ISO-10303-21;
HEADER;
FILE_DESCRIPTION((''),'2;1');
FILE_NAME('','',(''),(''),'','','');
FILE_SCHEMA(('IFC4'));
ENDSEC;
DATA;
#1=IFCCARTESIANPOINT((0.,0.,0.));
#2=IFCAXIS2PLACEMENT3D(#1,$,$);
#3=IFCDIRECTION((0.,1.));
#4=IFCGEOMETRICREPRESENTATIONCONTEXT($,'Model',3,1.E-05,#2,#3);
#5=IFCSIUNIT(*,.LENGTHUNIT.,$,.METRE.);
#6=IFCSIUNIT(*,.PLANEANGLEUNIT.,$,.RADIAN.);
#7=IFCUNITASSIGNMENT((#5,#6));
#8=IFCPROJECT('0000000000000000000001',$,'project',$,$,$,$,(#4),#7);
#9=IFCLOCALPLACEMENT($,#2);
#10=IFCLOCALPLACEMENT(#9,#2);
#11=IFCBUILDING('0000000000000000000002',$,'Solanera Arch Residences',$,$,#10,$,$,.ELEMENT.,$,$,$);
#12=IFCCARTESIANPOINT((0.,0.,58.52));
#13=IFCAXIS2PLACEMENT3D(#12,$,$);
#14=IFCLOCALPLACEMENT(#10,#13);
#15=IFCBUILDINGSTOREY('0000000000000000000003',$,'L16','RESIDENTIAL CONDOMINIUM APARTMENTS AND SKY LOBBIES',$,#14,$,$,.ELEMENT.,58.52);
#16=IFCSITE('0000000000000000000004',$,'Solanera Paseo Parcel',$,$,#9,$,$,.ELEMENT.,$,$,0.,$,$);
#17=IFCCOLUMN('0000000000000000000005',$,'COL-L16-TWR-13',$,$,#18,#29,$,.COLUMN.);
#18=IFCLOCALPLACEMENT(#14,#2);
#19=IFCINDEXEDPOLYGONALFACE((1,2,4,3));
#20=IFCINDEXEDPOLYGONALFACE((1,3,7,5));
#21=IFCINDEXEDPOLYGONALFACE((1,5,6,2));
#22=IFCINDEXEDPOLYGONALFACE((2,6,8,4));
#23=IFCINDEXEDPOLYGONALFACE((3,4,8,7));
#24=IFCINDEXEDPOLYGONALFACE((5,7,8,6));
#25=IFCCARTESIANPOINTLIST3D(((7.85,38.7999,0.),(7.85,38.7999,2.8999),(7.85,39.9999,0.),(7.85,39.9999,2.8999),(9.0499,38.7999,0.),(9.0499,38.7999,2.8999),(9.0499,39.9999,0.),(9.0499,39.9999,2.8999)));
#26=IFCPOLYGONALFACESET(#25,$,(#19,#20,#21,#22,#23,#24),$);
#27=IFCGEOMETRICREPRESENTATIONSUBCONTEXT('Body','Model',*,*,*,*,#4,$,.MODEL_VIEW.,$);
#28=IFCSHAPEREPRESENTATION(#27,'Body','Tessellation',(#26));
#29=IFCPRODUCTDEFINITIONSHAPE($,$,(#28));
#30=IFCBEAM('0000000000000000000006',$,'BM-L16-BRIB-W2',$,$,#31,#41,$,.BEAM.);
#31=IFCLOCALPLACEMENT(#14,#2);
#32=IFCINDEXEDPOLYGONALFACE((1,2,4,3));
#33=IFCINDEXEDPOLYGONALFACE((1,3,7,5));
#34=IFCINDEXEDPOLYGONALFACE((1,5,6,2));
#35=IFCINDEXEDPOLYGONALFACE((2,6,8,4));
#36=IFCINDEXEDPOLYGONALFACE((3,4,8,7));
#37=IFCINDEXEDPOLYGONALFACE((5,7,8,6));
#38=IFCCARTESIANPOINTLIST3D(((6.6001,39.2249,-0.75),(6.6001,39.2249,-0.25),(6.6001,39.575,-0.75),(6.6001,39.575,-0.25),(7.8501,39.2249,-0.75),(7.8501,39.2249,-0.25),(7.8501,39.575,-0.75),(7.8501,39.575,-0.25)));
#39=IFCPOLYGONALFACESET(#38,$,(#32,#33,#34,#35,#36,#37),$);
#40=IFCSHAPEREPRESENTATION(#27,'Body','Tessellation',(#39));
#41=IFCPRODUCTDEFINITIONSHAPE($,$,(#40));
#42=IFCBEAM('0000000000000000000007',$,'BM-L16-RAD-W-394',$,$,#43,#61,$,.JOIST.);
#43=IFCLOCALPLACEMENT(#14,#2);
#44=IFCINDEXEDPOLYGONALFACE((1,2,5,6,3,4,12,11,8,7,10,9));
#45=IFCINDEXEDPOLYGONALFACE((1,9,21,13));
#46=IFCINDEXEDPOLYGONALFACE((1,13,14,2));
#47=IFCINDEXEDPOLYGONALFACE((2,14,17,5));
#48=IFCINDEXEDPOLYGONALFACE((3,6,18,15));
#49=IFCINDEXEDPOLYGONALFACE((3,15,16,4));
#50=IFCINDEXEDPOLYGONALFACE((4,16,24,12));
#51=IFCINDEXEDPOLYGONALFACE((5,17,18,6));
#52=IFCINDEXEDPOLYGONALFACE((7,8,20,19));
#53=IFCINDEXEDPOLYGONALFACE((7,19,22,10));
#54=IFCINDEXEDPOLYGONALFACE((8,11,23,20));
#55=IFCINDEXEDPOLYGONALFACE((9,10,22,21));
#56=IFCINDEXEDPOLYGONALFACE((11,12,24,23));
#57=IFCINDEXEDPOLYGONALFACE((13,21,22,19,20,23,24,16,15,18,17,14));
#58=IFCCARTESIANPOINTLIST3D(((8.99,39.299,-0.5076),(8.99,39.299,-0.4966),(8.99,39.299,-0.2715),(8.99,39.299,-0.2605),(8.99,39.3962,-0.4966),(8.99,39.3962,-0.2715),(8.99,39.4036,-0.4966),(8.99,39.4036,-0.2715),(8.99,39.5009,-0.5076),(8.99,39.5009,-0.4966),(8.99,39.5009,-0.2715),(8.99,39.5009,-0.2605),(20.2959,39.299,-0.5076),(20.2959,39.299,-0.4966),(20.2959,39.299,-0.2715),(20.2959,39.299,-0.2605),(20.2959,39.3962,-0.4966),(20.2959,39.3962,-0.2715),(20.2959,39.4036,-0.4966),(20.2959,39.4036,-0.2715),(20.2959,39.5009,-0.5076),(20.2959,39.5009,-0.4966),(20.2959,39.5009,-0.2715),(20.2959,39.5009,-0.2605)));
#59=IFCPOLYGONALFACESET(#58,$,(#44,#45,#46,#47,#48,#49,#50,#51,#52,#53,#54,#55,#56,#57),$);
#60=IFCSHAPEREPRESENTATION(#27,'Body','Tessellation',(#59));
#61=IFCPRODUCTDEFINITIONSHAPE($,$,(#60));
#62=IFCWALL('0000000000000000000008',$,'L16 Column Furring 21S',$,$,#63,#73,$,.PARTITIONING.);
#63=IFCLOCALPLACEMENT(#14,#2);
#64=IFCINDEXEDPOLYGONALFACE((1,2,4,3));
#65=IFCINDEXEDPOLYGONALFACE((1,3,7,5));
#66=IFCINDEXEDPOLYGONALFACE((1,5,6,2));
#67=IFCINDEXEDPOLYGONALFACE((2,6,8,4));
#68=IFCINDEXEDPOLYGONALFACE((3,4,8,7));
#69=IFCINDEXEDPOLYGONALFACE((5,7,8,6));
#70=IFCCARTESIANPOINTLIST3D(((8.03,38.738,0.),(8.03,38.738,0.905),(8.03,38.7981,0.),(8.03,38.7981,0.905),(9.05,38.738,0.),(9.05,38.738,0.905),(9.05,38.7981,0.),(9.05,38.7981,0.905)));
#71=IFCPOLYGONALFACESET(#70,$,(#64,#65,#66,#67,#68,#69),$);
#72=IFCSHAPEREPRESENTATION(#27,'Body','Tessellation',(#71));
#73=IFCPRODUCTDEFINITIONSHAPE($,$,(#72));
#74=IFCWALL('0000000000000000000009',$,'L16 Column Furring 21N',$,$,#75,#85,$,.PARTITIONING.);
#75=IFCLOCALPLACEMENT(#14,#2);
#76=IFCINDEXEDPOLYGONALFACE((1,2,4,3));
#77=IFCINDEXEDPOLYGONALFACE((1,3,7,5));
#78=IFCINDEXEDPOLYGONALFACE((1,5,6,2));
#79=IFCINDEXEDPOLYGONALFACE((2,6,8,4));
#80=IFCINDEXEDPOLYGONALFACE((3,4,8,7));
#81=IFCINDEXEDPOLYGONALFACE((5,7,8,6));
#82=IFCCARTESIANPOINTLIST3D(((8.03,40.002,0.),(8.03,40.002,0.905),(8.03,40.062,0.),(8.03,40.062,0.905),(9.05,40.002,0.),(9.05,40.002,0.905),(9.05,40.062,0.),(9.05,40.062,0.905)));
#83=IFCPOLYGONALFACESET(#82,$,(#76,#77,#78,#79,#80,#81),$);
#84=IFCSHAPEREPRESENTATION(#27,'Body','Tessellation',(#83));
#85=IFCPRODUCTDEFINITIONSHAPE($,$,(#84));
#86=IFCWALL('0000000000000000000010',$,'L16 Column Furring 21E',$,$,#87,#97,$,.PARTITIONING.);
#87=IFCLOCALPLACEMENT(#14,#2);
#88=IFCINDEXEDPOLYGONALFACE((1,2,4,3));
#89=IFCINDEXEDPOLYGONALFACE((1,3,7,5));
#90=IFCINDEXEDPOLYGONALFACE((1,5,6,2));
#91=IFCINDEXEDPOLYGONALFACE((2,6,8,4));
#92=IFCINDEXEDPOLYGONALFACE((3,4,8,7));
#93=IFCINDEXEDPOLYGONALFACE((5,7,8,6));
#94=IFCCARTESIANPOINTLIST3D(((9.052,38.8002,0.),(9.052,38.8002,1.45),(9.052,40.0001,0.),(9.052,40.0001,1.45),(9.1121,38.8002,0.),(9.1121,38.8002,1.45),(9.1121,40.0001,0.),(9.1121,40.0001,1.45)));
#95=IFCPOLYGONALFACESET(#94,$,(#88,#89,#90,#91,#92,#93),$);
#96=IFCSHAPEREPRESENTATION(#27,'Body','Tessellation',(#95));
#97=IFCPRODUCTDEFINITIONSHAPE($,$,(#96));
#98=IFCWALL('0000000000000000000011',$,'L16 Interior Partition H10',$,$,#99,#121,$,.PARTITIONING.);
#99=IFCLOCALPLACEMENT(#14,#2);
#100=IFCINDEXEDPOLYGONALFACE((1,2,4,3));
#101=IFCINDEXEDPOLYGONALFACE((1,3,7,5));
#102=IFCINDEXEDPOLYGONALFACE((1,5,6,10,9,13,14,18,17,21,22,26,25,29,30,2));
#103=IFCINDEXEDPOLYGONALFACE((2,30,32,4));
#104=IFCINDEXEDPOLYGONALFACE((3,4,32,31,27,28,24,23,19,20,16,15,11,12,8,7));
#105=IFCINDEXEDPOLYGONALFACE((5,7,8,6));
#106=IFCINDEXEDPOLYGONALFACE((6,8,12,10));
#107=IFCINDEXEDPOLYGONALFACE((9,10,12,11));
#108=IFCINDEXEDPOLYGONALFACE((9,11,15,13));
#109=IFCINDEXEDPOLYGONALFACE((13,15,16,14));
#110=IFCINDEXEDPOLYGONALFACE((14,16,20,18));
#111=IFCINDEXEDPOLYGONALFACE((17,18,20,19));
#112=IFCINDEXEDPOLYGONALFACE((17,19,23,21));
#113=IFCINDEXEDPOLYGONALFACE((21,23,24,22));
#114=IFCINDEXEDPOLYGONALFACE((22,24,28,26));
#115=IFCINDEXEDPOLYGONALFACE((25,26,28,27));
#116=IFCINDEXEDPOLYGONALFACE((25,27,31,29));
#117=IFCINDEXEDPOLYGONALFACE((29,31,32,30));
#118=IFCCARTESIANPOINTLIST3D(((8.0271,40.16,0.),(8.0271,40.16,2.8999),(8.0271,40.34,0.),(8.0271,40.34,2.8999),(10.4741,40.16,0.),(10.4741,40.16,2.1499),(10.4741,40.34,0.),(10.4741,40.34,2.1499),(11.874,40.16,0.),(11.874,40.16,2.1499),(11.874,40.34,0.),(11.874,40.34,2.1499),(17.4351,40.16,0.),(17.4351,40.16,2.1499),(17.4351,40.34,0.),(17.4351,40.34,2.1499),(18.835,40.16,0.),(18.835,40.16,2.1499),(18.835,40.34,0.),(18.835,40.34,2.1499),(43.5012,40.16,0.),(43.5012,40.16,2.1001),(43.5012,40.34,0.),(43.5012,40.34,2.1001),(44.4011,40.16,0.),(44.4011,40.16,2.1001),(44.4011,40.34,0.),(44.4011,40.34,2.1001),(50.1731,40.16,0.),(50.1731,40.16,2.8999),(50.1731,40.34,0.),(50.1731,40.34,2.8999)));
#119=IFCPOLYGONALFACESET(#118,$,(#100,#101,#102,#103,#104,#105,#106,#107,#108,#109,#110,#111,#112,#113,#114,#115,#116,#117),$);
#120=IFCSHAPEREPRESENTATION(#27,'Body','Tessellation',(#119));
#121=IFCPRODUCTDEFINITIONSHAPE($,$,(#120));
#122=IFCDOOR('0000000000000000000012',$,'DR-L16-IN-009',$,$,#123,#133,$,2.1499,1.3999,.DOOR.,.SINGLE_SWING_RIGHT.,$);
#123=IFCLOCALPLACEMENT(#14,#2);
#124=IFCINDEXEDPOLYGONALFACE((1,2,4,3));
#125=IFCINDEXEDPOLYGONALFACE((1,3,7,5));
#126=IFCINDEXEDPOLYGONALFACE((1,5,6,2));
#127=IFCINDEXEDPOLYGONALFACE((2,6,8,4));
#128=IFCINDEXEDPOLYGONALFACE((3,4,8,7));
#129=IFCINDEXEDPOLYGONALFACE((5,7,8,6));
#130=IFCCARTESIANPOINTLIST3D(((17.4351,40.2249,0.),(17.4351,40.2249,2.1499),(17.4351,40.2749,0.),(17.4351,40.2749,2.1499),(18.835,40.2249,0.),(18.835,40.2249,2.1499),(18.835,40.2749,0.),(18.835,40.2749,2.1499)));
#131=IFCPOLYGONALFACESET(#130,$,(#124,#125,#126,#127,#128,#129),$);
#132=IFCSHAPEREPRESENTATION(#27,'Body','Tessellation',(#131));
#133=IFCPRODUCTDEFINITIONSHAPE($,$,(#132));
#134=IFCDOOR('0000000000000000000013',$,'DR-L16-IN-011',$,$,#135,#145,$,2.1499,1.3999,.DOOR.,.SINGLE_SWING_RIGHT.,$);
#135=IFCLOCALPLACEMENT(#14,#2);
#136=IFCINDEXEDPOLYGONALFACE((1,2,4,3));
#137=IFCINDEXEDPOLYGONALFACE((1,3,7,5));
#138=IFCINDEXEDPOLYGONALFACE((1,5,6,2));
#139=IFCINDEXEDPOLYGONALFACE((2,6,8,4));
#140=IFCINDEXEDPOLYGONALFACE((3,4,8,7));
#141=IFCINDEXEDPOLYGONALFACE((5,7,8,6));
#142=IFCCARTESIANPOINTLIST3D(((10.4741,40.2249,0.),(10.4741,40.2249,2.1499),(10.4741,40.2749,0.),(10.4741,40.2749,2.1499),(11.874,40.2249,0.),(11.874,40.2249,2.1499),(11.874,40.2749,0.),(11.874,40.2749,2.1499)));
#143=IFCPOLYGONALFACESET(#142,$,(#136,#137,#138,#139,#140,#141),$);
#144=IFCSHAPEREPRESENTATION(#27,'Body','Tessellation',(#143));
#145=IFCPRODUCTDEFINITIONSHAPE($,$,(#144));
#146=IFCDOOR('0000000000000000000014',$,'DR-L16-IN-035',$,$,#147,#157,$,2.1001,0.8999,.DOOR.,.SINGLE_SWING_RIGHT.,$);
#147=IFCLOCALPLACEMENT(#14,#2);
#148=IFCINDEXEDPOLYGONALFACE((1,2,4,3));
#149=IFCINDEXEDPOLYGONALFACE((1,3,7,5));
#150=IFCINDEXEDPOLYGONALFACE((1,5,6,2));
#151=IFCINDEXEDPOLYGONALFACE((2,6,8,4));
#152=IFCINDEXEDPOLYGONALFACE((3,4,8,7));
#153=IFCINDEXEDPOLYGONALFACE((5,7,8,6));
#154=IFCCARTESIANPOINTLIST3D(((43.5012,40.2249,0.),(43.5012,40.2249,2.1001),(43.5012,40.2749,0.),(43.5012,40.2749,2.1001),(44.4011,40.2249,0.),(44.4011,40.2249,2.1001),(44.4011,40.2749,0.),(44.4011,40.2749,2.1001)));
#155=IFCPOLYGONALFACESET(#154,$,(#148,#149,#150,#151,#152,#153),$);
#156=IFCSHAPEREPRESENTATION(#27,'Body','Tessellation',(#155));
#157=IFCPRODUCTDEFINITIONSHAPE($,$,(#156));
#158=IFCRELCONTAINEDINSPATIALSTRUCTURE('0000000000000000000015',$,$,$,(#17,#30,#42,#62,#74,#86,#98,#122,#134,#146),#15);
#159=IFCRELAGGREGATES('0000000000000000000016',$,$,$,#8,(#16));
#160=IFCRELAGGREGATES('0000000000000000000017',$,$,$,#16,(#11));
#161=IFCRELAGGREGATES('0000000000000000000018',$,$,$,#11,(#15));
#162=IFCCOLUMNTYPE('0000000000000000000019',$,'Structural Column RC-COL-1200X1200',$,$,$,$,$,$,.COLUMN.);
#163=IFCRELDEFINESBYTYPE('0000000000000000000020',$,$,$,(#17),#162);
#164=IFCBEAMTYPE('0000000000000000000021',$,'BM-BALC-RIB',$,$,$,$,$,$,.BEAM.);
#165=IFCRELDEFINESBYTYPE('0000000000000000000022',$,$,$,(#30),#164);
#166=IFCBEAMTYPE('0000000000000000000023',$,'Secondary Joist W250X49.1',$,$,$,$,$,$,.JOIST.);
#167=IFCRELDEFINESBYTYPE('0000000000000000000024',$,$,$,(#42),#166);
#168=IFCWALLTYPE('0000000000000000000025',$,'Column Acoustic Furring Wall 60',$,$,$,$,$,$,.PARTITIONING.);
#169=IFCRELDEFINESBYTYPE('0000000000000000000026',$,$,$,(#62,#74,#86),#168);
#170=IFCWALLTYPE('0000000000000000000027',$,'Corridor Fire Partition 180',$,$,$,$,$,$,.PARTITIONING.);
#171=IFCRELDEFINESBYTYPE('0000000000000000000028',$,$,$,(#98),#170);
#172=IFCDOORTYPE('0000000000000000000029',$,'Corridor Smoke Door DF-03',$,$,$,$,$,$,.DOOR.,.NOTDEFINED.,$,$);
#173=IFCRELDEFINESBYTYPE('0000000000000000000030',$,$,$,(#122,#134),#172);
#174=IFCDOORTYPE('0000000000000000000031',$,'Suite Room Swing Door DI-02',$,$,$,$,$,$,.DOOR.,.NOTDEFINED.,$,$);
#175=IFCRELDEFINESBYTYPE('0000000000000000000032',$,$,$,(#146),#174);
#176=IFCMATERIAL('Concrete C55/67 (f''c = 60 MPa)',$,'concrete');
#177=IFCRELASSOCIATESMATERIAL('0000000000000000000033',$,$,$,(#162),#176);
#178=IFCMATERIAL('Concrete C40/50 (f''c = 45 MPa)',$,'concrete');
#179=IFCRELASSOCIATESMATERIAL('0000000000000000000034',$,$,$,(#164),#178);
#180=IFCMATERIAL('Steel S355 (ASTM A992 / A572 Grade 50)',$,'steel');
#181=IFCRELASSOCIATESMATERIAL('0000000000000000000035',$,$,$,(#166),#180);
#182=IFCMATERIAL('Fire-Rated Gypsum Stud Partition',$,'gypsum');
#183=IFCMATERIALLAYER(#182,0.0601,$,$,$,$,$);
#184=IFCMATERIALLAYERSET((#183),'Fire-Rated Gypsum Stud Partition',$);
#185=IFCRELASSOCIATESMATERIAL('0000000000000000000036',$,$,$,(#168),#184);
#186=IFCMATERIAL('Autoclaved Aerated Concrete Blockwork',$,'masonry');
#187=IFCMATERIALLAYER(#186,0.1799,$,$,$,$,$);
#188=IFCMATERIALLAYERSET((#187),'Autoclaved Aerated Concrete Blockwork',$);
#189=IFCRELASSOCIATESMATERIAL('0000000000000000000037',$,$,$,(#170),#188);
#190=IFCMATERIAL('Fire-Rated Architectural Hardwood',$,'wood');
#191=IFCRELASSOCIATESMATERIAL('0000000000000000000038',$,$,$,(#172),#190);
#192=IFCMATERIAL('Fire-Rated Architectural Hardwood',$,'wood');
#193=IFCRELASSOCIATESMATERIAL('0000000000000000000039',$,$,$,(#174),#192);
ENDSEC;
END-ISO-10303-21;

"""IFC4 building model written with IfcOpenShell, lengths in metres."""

from ifc_helpers import new_model, si_unit, direction, frame, frame_2d, origin, origin_2d, place, context, subcontext, project, spatial, rectangle, i_section, extrude, material, layer, layer_set, material_profile, profile_set, type_object, element, fill, save


model = new_model("IFC4")

# Units and contexts
model_context = context("Model", 3, precision=1e-05, world=origin(), true_north=direction((0.0, 1.0)))
body_context = subcontext(model_context, "Body", "Model", "MODEL_VIEW")
ifc_project = project(units=[si_unit("LENGTHUNIT", "METRE"), si_unit("PLANEANGLEUNIT", "RADIAN")], contexts=[model_context])

# Site, building, storey
site_placement = place(None, origin())
site = spatial("IfcSite", under=ifc_project, at=site_placement, Name="Solanera Paseo Parcel", CompositionType="ELEMENT", RefElevation=0.0)
building_placement = place(site_placement, origin())
building = spatial("IfcBuilding", under=site, at=building_placement, Name="Solanera Arch Residences", CompositionType="ELEMENT")
storey_placement = place(building_placement, frame((0.0, 0.0, 58.52)))
storey = spatial("IfcBuildingStorey", under=building, at=storey_placement, Name="L16", Description="RESIDENTIAL CONDOMINIUM APARTMENTS AND SKY LOBBIES", CompositionType="ELEMENT", Elevation=58.52)

# Column
ifc_material_1 = material(Name="Concrete C55/67 (f'c = 60 MPa)", Category="concrete")
ifc_material_profile_1 = material_profile(ifc_material_1, rectangle(XDim=1.2, YDim=1.2, at=origin_2d()))
ifc_profile_set_1 = profile_set([ifc_material_profile_1], Name="Concrete C55/67 (f'c = 60 MPa)")
column_type = type_object("IfcColumnType", Name="Structural Column RC-COL-1200X1200", PredefinedType="COLUMN", material=ifc_profile_set_1)
column_placement = place(storey_placement, frame((8.45, 39.3999, 0.0), z_axis=(0.0, 0.0, 1.0), x_axis=(1.0, 0.0, 0.0)))
element("IfcColumn", 1, at=column_placement, inside=storey, type_object=column_type, Name="COL-L16-TWR-13", PredefinedType="COLUMN", context=body_context, shape_type="SweptSolid", body=[
    extrude(rectangle(XDim=1.2, YDim=1.2, at=origin_2d()), origin(), (0.0, 0.0, 1.0), 2.8999),
])

# Beams
ifc_material_2 = material(Name="Concrete C40/50 (f'c = 45 MPa)", Category="concrete")
ifc_material_profile_2 = material_profile(ifc_material_2, rectangle(XDim=0.3501, YDim=0.5, at=origin_2d()))
ifc_profile_set_2 = profile_set([ifc_material_profile_2], Name="Concrete C40/50 (f'c = 45 MPa)")
beam_type_1 = type_object("IfcBeamType", Name="BM-BALC-RIB", PredefinedType="BEAM", material=ifc_profile_set_2)
beam_1_placement = place(storey_placement, frame((6.6001, 39.3999, -0.5), z_axis=(1.0, 0.0, 0.0), x_axis=(0.0, 1.0, 0.0)))
element("IfcBeam", 2, at=beam_1_placement, inside=storey, type_object=beam_type_1, Name="BM-L16-BRIB-W2", PredefinedType="BEAM", context=body_context, shape_type="SweptSolid", body=[
    extrude(rectangle(XDim=0.3501, YDim=0.5, at=origin_2d()), origin(), (0.0, 0.0, 1.0), 1.25),
])
ifc_material_3 = material(Name="Steel S355 (ASTM A992 / A572 Grade 50)", Category="steel")
ifc_material_profile_3 = material_profile(ifc_material_3, i_section(OverallWidth=0.2019, OverallDepth=0.2471, WebThickness=0.0073, FlangeThickness=0.011, at=origin_2d()))
ifc_profile_set_3 = profile_set([ifc_material_profile_3], Name="Steel S355 (ASTM A992 / A572 Grade 50)")
beam_type_2 = type_object("IfcBeamType", Name="Secondary Joist W250X49.1", PredefinedType="JOIST", material=ifc_profile_set_3)
beam_2_placement = place(storey_placement, frame((8.99, 39.3999, -0.384), z_axis=(1.0, 0.0, 0.0), x_axis=(0.0, 1.0, 0.0)))
element("IfcBeam", 3, at=beam_2_placement, inside=storey, type_object=beam_type_2, Name="BM-L16-RAD-W-394", PredefinedType="JOIST", context=body_context, shape_type="SweptSolid", body=[
    extrude(i_section(OverallWidth=0.2019, OverallDepth=0.2471, WebThickness=0.0073, FlangeThickness=0.011, at=origin_2d()), origin(), (0.0, 0.0, 1.0), 11.3059),
])

# Walls
ifc_material_4 = material(Name="Fire-Rated Gypsum Stud Partition", Category="gypsum")
ifc_layer_1 = layer(ifc_material_4, 0.0601)
ifc_layer_set_1 = layer_set([ifc_layer_1], Name="Fire-Rated Gypsum Stud Partition")
wall_type_1 = type_object("IfcWallType", Name="Column Acoustic Furring Wall 60", PredefinedType="PARTITIONING", material=ifc_layer_set_1)
for number, where, z_axis, x_axis, name in (
    (4, (8.03, 38.7681, 0.0), (0.0, 0.0, 1.0), (1.0, 0.0, 0.0), "L16 Column Furring 21S"),
    (5, (8.03, 40.032, 0.0), (0.0, 0.0, 1.0), (1.0, 0.0, 0.0), "L16 Column Furring 21N"),
):
    element("IfcWall", number, at=place(storey_placement, frame(where, z_axis=z_axis, x_axis=x_axis)), inside=storey, type_object=wall_type_1, Name=name, PredefinedType="PARTITIONING", context=body_context, shape_type="SweptSolid", body=[
        extrude(rectangle(XDim=1.02, YDim=0.0601, at=frame_2d((0.51, 0.0))), origin(), (0.0, 0.0, 1.0), 0.905),
    ])
wall_1_placement = place(storey_placement, frame((9.082, 38.8, 0.0), z_axis=(0.0, 0.0, 1.0), x_axis=(0.0, 1.0, 0.0)))
element("IfcWall", 6, at=wall_1_placement, inside=storey, type_object=wall_type_1, Name="L16 Column Furring 21E", PredefinedType="PARTITIONING", context=body_context, shape_type="SweptSolid", body=[
    extrude(rectangle(XDim=1.2, YDim=0.0601, at=frame_2d((0.6001, 0.0))), origin(), (0.0, 0.0, 1.0), 1.45),
])

# Wall, openings, doors
ifc_material_5 = material(Name="Autoclaved Aerated Concrete Blockwork", Category="masonry")
ifc_layer_2 = layer(ifc_material_5, 0.1799)
ifc_layer_set_2 = layer_set([ifc_layer_2], Name="Autoclaved Aerated Concrete Blockwork")
wall_type_2 = type_object("IfcWallType", Name="Corridor Fire Partition 180", PredefinedType="PARTITIONING", material=ifc_layer_set_2)
wall_2_placement = place(storey_placement, frame((8.0271, 40.25, 0.0), z_axis=(0.0, 0.0, 1.0), x_axis=(1.0, 0.0, 0.0)))
wall_2 = element("IfcWall", 7, at=wall_2_placement, inside=storey, type_object=wall_type_2, Name="L16 Interior Partition H10", PredefinedType="PARTITIONING", context=body_context, shape_type="SweptSolid", body=[
    extrude(rectangle(XDim=42.146, YDim=0.1799, at=frame_2d((21.073, 0.0))), origin(), (0.0, 0.0, 1.0), 2.8999),
])
opening_1_placement = place(wall_2_placement, frame((9.408, 0.0, 0.0)))
opening_1 = element("IfcOpeningElement", 8, at=opening_1_placement, cuts=wall_2, PredefinedType="OPENING", context=body_context, shape_type="SweptSolid", body=[
    extrude(rectangle(XDim=1.3999, YDim=2.1499, at=frame_2d((0.7, 1.075))), frame((0.0, 0.1001, 0.0), z_axis=(0.0, -1.0, 0.0), x_axis=(1.0, 0.0, 0.0)), (0.0, 0.0, 1.0), 0.1999),
])
opening_2_placement = place(wall_2_placement, frame((2.447, 0.0, 0.0)))
opening_2 = element("IfcOpeningElement", 9, at=opening_2_placement, cuts=wall_2, PredefinedType="OPENING", context=body_context, shape_type="SweptSolid", body=[
    extrude(rectangle(XDim=1.3999, YDim=2.1499, at=frame_2d((0.7, 1.075))), frame((0.0, 0.1001, 0.0), z_axis=(0.0, -1.0, 0.0), x_axis=(1.0, 0.0, 0.0)), (0.0, 0.0, 1.0), 0.1999),
])
opening_3_placement = place(wall_2_placement, frame((35.4741, 0.0, 0.0)))
opening_3 = element("IfcOpeningElement", 10, at=opening_3_placement, cuts=wall_2, PredefinedType="OPENING", context=body_context, shape_type="SweptSolid", body=[
    extrude(rectangle(XDim=0.8999, YDim=2.1001, at=frame_2d((0.45, 1.05))), frame((0.0, 0.1001, 0.0), z_axis=(0.0, -1.0, 0.0), x_axis=(1.0, 0.0, 0.0)), (0.0, 0.0, 1.0), 0.1999),
])
ifc_material_6 = material(Name="Fire-Rated Architectural Hardwood", Category="wood")
door_type_1 = type_object("IfcDoorType", Name="Corridor Smoke Door DF-03", OperationType="NOTDEFINED", PredefinedType="DOOR", material=ifc_material_6)
door_1_placement = place(opening_1_placement, origin())
door_1 = element("IfcDoor", 11, at=door_1_placement, inside=storey, type_object=door_type_1, Name="DR-L16-IN-009", OperationType="SINGLE_SWING_RIGHT", OverallHeight=2.1499, OverallWidth=1.3999, PredefinedType="DOOR", context=body_context, shape_type="SweptSolid", body=[
    extrude(rectangle(XDim=1.3999, YDim=2.1499, at=frame_2d((0.7, 1.075))), frame((0.0, 0.0249, 0.0), z_axis=(0.0, -1.0, 0.0), x_axis=(1.0, 0.0, 0.0)), (0.0, 0.0, 1.0), 0.05),
])
fill(opening_1, door_1)
door_2_placement = place(opening_2_placement, origin())
door_2 = element("IfcDoor", 12, at=door_2_placement, inside=storey, type_object=door_type_1, Name="DR-L16-IN-011", OperationType="SINGLE_SWING_RIGHT", OverallHeight=2.1499, OverallWidth=1.3999, PredefinedType="DOOR", context=body_context, shape_type="SweptSolid", body=[
    extrude(rectangle(XDim=1.3999, YDim=2.1499, at=frame_2d((0.7, 1.075))), frame((0.0, 0.0249, 0.0), z_axis=(0.0, -1.0, 0.0), x_axis=(1.0, 0.0, 0.0)), (0.0, 0.0, 1.0), 0.05),
])
fill(opening_2, door_2)
ifc_material_7 = material(Name="Fire-Rated Architectural Hardwood", Category="wood")
door_type_2 = type_object("IfcDoorType", Name="Suite Room Swing Door DI-02", OperationType="NOTDEFINED", PredefinedType="DOOR", material=ifc_material_7)
door_3_placement = place(opening_3_placement, origin())
door_3 = element("IfcDoor", 13, at=door_3_placement, inside=storey, type_object=door_type_2, Name="DR-L16-IN-035", OperationType="SINGLE_SWING_RIGHT", OverallHeight=2.1001, OverallWidth=0.8999, PredefinedType="DOOR", context=body_context, shape_type="SweptSolid", body=[
    extrude(rectangle(XDim=0.8999, YDim=2.1001, at=frame_2d((0.45, 1.05))), frame((0.0, 0.0249, 0.0), z_axis=(0.0, -1.0, 0.0), x_axis=(1.0, 0.0, 0.0)), (0.0, 0.0, 1.0), 0.05),
])
fill(opening_3, door_3)

save(model, "model.ifc")
